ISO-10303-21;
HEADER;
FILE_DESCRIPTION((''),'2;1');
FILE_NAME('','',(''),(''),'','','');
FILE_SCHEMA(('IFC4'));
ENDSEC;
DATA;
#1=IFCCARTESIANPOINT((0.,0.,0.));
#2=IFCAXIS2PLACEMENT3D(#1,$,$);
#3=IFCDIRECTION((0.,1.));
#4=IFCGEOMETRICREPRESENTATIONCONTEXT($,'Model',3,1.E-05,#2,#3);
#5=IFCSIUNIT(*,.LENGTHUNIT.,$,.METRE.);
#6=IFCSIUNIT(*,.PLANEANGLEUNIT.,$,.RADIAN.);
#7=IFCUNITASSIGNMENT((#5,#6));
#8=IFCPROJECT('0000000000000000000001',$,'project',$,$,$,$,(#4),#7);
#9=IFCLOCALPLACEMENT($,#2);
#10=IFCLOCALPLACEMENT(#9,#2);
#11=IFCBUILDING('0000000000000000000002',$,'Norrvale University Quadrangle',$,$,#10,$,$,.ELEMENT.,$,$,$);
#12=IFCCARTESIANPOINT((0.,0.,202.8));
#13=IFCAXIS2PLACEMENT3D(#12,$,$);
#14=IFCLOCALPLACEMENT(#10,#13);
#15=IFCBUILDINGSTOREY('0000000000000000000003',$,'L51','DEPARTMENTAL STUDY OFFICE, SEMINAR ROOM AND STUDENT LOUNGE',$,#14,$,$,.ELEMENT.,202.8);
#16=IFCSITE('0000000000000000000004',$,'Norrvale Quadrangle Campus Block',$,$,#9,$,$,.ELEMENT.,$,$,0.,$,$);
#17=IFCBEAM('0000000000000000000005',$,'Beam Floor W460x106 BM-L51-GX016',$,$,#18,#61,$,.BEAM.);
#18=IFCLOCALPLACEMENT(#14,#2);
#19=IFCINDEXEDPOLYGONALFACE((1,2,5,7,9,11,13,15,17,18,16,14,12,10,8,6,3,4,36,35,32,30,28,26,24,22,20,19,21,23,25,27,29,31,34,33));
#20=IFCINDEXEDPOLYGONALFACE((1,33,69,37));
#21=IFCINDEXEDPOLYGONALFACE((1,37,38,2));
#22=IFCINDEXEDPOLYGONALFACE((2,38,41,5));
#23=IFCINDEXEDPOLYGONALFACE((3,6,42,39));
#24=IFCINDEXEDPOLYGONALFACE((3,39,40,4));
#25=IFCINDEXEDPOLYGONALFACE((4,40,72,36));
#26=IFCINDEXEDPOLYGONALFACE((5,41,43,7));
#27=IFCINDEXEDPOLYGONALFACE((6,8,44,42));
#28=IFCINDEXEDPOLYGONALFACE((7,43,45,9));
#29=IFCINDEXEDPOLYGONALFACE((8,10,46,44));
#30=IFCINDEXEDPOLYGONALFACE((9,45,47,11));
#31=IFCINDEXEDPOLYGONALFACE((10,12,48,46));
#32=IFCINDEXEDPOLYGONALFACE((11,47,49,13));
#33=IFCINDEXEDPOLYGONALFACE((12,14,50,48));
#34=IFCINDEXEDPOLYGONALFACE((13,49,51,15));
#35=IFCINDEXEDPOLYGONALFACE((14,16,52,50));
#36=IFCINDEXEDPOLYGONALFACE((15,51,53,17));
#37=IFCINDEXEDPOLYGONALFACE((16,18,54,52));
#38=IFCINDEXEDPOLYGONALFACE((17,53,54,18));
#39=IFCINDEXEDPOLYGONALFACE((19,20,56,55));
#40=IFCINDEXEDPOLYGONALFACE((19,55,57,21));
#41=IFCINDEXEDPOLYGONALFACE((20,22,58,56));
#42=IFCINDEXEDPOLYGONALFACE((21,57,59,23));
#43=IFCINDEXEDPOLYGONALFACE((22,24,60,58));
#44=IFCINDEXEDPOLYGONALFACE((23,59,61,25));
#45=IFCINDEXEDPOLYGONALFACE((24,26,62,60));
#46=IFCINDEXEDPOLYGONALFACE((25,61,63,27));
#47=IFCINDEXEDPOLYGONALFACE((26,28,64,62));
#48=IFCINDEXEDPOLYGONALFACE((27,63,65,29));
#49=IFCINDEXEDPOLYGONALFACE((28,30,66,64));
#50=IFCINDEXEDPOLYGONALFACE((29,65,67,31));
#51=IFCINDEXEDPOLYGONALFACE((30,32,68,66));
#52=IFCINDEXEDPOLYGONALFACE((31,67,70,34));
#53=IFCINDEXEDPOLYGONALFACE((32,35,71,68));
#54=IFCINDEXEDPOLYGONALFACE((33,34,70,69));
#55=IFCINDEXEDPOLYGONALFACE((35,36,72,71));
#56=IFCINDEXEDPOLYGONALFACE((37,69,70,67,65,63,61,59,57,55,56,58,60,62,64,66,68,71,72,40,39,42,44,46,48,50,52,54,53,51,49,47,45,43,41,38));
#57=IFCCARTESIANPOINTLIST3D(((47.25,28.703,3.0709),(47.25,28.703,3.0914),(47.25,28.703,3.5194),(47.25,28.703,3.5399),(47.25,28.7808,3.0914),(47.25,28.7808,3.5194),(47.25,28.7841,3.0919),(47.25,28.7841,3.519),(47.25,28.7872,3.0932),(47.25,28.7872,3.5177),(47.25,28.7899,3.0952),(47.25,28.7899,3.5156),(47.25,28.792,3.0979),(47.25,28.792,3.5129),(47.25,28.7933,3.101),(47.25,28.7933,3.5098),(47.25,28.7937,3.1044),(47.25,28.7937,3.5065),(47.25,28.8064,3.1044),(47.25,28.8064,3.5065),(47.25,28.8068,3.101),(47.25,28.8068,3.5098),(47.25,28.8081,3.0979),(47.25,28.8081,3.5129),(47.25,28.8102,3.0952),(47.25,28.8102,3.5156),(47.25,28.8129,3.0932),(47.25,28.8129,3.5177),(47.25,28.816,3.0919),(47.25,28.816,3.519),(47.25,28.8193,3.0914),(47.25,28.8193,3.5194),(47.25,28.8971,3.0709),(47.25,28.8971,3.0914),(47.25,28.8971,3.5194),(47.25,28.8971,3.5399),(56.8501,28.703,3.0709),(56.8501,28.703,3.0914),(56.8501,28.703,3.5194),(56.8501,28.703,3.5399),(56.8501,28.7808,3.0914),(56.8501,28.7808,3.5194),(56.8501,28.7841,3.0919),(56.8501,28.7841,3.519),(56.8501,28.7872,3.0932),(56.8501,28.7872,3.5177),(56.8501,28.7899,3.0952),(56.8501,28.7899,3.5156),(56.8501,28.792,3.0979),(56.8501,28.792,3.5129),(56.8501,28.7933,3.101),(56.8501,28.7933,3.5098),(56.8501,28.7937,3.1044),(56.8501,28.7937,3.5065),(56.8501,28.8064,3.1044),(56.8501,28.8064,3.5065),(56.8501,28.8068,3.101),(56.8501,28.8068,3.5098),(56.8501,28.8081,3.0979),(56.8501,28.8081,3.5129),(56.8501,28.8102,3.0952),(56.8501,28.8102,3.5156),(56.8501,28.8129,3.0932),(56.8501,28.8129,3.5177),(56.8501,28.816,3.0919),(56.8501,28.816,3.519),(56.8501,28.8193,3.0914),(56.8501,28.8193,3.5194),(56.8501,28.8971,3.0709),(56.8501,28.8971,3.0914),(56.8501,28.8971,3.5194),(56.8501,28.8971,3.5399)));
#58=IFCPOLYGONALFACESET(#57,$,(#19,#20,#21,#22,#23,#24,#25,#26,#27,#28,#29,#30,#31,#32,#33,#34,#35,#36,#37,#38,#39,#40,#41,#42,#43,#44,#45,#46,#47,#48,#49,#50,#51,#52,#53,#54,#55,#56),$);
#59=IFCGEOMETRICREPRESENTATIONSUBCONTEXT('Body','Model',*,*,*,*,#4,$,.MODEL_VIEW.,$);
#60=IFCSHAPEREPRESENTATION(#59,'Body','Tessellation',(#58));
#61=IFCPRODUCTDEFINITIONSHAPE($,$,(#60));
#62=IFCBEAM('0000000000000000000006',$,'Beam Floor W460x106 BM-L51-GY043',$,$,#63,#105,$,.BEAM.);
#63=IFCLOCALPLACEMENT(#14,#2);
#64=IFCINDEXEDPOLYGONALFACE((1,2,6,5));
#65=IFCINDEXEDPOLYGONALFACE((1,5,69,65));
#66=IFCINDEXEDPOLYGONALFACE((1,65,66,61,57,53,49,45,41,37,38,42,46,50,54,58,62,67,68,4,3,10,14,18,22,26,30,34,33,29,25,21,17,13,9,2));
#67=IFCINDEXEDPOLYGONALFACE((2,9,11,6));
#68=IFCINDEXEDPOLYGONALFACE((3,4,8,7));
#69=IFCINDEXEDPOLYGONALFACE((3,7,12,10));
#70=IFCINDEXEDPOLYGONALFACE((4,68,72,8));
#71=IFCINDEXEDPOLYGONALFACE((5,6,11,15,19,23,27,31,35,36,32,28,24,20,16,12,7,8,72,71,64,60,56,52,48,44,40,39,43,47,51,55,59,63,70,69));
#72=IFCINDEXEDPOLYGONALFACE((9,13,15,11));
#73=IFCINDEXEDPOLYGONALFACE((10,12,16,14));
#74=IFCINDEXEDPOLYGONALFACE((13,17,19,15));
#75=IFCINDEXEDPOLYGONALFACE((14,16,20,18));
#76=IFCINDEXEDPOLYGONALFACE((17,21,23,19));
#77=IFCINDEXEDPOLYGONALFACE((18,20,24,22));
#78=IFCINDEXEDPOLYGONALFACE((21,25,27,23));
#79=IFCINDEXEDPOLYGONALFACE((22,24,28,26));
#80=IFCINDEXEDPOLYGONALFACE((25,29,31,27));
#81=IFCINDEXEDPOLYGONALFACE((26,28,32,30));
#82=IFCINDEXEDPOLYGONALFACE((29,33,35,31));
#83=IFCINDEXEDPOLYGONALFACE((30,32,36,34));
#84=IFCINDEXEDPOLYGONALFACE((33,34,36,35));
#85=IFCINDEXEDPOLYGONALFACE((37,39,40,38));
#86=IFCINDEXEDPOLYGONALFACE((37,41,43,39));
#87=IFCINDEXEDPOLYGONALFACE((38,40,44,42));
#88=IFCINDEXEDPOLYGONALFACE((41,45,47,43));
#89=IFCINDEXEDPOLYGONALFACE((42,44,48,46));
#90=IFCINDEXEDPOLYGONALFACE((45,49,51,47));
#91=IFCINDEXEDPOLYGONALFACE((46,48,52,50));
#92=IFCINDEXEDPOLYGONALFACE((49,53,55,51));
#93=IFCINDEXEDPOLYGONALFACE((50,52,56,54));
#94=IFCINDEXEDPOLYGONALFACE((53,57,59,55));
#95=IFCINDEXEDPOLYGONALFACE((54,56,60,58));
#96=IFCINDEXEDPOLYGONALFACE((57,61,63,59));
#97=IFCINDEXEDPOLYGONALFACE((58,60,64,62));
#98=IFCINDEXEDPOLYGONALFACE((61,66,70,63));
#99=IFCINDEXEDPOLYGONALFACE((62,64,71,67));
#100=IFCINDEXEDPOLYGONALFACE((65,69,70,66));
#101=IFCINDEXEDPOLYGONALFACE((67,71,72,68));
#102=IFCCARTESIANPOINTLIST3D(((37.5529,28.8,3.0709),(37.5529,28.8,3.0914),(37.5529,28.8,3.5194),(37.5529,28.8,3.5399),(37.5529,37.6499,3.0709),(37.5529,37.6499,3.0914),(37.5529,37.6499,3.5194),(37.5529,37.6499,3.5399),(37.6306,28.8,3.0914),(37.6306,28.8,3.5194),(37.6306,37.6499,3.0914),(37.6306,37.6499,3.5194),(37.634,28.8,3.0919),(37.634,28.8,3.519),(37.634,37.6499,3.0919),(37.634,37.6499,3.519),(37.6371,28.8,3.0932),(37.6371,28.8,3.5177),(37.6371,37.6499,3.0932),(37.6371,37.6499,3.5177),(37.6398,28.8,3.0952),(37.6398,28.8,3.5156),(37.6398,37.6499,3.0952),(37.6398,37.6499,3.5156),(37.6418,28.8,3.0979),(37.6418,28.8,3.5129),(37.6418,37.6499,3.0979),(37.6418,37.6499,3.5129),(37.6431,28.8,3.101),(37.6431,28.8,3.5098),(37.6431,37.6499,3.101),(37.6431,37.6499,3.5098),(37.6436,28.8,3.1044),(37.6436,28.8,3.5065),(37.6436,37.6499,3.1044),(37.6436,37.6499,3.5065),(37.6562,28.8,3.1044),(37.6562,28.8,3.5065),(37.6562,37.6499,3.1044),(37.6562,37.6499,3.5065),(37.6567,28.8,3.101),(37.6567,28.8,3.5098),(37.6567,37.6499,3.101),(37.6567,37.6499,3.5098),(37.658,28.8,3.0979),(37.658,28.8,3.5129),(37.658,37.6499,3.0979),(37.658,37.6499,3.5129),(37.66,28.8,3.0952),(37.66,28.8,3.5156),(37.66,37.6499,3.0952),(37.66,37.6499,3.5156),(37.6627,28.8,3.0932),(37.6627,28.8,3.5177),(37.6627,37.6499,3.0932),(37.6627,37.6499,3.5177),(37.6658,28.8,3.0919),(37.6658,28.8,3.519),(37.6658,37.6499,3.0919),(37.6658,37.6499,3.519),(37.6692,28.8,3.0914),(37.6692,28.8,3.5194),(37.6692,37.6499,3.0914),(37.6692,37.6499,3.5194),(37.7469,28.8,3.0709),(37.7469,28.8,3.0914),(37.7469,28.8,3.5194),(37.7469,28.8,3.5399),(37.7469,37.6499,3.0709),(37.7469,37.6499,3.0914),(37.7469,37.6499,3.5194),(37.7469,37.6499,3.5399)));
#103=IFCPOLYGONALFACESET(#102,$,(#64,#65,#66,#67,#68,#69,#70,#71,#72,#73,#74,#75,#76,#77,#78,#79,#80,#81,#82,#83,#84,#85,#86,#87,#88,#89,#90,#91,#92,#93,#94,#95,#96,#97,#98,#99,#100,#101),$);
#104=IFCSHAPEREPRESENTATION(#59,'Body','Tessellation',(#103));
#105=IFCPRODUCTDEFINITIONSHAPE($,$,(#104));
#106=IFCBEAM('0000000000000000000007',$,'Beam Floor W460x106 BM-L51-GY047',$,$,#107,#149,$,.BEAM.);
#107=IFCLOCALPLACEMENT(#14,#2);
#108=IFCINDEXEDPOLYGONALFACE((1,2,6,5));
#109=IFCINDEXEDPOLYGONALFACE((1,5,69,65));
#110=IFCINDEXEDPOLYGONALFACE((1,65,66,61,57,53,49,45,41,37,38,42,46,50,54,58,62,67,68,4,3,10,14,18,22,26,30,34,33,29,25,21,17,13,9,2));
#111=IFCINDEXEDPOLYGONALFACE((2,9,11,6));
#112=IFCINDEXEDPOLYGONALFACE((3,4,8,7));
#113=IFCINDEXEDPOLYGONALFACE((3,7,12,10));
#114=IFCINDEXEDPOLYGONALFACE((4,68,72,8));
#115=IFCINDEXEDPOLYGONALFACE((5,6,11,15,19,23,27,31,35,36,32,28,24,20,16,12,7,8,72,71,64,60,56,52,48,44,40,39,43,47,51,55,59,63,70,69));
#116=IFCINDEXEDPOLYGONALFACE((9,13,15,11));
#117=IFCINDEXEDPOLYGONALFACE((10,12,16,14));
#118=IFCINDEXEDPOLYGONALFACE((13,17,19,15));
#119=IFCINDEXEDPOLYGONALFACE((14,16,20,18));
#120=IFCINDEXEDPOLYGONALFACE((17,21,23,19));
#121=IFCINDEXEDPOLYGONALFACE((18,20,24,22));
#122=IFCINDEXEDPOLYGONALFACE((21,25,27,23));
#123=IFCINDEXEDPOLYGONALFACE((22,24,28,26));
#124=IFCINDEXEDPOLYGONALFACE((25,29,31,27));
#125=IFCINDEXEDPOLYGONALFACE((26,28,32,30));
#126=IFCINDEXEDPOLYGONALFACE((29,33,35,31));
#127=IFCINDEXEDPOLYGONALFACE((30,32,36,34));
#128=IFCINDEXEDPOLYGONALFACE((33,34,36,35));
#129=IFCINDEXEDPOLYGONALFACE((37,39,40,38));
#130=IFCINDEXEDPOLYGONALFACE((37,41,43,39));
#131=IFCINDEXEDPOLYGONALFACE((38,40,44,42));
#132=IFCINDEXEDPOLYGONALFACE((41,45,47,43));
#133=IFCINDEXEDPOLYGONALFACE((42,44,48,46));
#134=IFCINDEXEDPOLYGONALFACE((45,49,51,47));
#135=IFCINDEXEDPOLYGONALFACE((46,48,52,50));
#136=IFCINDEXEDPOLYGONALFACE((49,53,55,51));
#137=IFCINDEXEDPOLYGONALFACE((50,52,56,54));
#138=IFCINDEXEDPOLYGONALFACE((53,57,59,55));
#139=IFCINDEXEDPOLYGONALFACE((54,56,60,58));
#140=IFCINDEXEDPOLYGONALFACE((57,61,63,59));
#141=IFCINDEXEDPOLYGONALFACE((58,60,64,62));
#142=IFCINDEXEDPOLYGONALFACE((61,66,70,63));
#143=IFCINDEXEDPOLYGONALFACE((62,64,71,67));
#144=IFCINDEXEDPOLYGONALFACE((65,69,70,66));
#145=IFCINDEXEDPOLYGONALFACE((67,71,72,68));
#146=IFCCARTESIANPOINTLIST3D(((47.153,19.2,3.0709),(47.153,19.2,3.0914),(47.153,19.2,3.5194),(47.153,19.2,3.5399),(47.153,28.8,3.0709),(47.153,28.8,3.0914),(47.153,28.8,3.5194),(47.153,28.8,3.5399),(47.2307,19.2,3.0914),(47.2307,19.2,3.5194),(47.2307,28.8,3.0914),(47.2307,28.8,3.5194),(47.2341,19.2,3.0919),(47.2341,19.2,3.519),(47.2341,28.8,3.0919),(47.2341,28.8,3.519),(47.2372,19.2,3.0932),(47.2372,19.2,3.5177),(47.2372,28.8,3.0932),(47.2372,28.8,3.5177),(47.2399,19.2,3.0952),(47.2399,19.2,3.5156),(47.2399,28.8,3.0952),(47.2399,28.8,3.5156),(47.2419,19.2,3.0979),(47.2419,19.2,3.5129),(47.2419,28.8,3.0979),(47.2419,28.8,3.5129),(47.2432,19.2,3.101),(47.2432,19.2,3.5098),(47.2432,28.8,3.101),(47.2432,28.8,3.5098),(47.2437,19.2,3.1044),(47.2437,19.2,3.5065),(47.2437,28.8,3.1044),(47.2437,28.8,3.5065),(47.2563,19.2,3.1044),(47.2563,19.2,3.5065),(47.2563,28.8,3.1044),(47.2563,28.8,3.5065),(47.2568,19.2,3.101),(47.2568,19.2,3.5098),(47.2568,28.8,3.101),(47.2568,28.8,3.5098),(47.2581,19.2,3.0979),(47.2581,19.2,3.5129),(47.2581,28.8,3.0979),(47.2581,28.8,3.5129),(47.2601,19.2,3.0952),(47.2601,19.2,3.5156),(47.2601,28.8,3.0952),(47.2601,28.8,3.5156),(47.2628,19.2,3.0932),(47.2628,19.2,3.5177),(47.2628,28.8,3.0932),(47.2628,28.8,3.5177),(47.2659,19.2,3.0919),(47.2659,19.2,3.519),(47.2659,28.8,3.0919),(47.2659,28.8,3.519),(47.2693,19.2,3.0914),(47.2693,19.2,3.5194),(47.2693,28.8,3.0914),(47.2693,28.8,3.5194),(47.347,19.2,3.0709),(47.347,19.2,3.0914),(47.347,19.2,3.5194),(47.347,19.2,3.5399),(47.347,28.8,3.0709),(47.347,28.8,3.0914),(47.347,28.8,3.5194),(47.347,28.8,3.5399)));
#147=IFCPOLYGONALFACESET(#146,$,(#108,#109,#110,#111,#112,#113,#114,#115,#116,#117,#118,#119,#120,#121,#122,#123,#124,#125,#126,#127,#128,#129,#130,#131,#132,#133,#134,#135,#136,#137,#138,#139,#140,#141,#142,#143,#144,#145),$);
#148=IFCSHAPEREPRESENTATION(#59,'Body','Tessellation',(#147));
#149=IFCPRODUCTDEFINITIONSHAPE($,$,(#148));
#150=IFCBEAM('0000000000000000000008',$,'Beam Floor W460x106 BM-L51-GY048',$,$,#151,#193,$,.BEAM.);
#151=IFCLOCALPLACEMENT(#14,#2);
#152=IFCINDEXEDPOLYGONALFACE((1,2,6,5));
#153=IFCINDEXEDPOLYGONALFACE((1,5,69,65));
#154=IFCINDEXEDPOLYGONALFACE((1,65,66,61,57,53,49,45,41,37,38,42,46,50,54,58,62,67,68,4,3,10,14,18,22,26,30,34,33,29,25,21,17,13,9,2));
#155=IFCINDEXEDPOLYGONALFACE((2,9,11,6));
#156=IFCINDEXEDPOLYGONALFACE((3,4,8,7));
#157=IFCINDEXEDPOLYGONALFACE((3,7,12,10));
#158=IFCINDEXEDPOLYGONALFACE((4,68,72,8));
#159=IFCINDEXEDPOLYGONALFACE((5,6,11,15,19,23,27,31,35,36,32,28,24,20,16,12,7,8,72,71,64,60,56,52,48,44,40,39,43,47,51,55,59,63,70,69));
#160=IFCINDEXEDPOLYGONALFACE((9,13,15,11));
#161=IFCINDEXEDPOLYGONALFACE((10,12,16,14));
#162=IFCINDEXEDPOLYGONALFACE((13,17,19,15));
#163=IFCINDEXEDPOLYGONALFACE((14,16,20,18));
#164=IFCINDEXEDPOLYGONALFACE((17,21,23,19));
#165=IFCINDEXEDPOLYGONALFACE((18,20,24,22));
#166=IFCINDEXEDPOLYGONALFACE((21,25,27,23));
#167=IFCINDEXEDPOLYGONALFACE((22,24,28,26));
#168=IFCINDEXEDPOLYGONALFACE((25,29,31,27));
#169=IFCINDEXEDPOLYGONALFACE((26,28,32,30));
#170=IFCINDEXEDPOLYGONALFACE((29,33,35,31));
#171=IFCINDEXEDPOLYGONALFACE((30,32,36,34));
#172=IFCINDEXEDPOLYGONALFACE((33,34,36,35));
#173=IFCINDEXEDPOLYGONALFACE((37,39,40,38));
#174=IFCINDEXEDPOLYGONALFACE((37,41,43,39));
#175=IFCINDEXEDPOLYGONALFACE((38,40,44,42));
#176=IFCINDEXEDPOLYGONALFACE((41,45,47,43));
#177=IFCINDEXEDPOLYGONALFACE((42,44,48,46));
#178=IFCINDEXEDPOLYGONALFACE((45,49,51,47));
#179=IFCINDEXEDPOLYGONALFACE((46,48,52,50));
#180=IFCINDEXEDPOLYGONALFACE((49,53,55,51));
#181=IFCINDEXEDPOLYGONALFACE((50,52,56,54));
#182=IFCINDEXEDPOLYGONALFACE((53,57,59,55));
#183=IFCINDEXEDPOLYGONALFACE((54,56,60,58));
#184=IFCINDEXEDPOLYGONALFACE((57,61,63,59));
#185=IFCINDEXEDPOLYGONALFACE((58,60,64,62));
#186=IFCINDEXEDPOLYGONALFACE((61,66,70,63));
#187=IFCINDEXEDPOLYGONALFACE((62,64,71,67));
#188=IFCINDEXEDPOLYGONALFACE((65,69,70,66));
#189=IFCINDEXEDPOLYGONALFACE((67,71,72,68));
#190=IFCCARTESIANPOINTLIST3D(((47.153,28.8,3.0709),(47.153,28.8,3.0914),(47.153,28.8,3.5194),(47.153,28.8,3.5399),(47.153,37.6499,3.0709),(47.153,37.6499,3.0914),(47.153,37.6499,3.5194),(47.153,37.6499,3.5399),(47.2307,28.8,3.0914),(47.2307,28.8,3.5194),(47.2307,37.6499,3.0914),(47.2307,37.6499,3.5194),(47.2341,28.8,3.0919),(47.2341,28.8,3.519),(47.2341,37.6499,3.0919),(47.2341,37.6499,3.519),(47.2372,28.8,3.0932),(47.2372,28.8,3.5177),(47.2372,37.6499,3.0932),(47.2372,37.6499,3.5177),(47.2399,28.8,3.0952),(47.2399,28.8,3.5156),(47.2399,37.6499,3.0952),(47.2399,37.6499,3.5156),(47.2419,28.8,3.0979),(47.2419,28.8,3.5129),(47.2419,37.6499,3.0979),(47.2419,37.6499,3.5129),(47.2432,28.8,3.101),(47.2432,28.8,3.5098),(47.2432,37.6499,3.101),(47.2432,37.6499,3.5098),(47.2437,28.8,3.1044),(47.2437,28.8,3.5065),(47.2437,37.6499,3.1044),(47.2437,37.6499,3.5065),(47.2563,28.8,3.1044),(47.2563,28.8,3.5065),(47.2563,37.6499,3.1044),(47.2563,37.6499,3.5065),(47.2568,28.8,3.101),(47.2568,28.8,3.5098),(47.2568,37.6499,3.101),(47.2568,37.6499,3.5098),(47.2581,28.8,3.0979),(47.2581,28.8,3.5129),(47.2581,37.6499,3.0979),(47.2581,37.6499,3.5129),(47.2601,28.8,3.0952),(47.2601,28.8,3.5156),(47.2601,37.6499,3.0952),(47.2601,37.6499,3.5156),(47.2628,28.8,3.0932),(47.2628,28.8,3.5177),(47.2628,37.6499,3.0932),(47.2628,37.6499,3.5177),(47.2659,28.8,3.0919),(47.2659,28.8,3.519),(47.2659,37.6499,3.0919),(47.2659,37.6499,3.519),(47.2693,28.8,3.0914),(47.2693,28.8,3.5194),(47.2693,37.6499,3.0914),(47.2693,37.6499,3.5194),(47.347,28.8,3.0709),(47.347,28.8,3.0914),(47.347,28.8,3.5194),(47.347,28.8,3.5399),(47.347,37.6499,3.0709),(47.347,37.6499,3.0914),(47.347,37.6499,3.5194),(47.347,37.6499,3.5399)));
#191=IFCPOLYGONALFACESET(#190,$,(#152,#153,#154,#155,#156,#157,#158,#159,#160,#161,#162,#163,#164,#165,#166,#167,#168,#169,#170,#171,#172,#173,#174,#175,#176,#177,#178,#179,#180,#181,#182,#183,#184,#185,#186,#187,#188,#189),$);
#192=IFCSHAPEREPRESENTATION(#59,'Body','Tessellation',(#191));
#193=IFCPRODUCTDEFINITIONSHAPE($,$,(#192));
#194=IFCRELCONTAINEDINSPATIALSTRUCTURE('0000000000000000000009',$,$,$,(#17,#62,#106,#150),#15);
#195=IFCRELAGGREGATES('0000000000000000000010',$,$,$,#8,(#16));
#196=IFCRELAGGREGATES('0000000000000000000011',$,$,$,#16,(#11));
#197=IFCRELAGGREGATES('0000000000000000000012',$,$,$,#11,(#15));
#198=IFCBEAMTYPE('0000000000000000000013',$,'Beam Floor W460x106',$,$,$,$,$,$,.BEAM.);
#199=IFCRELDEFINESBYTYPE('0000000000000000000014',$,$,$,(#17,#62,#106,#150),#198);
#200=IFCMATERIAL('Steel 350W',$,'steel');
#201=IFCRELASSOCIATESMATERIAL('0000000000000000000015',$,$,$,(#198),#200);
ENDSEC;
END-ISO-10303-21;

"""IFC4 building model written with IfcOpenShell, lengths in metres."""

from ifc_helpers import new_model, si_unit, direction, frame, origin, origin_2d, place, context, subcontext, project, spatial, i_section, extrude, material, material_profile, profile_set, type_object, element, save


model = new_model("IFC4")

# Units and contexts
model_context = context("Model", 3, precision=1e-05, world=origin(), true_north=direction((0.0, 1.0)))
body_context = subcontext(model_context, "Body", "Model", "MODEL_VIEW")
ifc_project = project(units=[si_unit("LENGTHUNIT", "METRE"), si_unit("PLANEANGLEUNIT", "RADIAN")], contexts=[model_context])

# Site, building, storey
site_placement = place(None, origin())
site = spatial("IfcSite", under=ifc_project, at=site_placement, Name="Norrvale Quadrangle Campus Block", CompositionType="ELEMENT", RefElevation=0.0)
building_placement = place(site_placement, origin())
building = spatial("IfcBuilding", under=site, at=building_placement, Name="Norrvale University Quadrangle", CompositionType="ELEMENT")
storey_placement = place(building_placement, frame((0.0, 0.0, 202.8)))
storey = spatial("IfcBuildingStorey", under=building, at=storey_placement, Name="L51", Description="DEPARTMENTAL STUDY OFFICE, SEMINAR ROOM AND STUDENT LOUNGE", CompositionType="ELEMENT", Elevation=202.8)

# Beams
ifc_material_1 = material(Name="Steel 350W", Category="steel")
ifc_material_profile_1 = material_profile(ifc_material_1, i_section(OverallWidth=0.1941, OverallDepth=0.469, WebThickness=0.0127, FlangeThickness=0.0205, FilletRadius=0.0129, at=origin_2d()), Name="Steel 350W")
ifc_profile_set_1 = profile_set([ifc_material_profile_1], Name="Steel 350W")
beam_type_1 = type_object("IfcBeamType", Name="Beam Floor W460x106", PredefinedType="BEAM", material=ifc_profile_set_1)
for number, where, z_axis, x_axis, name in (
    (1, (47.25, 28.8, 3.3054), (1.0, 0.0, 0.0), (0.0, 1.0, 0.0), "Beam Floor W460x106 BM-L51-GX016"),
):
    element("IfcBeam", number, at=place(storey_placement, frame(where, z_axis=z_axis, x_axis=x_axis)), inside=storey, type_object=beam_type_1, Name=name, PredefinedType="BEAM", context=body_context, shape_type="SweptSolid", body=[
        extrude(i_section(OverallWidth=0.1941, OverallDepth=0.469, WebThickness=0.0127, FlangeThickness=0.0205, FilletRadius=0.0129, at=origin_2d()), origin(), (0.0, 0.0, 1.0), 9.6001),
    ])
beam_1_placement = place(storey_placement, frame((37.6499, 28.8, 3.3054), z_axis=(0.0, 1.0, 0.0), x_axis=(-1.0, 0.0, 0.0)))
element("IfcBeam", 2, at=beam_1_placement, inside=storey, type_object=beam_type_1, Name="Beam Floor W460x106 BM-L51-GY043", PredefinedType="BEAM", context=body_context, shape_type="SweptSolid", body=[
    extrude(i_section(OverallWidth=0.1941, OverallDepth=0.469, WebThickness=0.0127, FlangeThickness=0.0205, FilletRadius=0.0129, at=origin_2d()), origin(), (0.0, 0.0, 1.0), 8.8499),
])
beam_2_placement = place(storey_placement, frame((47.25, 19.2, 3.3054), z_axis=(0.0, 1.0, 0.0), x_axis=(-1.0, 0.0, 0.0)))
element("IfcBeam", 3, at=beam_2_placement, inside=storey, type_object=beam_type_1, Name="Beam Floor W460x106 BM-L51-GY047", PredefinedType="BEAM", context=body_context, shape_type="SweptSolid", body=[
    extrude(i_section(OverallWidth=0.1941, OverallDepth=0.469, WebThickness=0.0127, FlangeThickness=0.0205, FilletRadius=0.0129, at=origin_2d()), origin(), (0.0, 0.0, 1.0), 9.6001),
])
beam_3_placement = place(storey_placement, frame((47.25, 28.8, 3.3054), z_axis=(0.0, 1.0, 0.0), x_axis=(-1.0, 0.0, 0.0)))
element("IfcBeam", 4, at=beam_3_placement, inside=storey, type_object=beam_type_1, Name="Beam Floor W460x106 BM-L51-GY048", PredefinedType="BEAM", context=body_context, shape_type="SweptSolid", body=[
    extrude(i_section(OverallWidth=0.1941, OverallDepth=0.469, WebThickness=0.0127, FlangeThickness=0.0205, FilletRadius=0.0129, at=origin_2d()), origin(), (0.0, 0.0, 1.0), 8.8499),
])

save(model, "model.ifc")
